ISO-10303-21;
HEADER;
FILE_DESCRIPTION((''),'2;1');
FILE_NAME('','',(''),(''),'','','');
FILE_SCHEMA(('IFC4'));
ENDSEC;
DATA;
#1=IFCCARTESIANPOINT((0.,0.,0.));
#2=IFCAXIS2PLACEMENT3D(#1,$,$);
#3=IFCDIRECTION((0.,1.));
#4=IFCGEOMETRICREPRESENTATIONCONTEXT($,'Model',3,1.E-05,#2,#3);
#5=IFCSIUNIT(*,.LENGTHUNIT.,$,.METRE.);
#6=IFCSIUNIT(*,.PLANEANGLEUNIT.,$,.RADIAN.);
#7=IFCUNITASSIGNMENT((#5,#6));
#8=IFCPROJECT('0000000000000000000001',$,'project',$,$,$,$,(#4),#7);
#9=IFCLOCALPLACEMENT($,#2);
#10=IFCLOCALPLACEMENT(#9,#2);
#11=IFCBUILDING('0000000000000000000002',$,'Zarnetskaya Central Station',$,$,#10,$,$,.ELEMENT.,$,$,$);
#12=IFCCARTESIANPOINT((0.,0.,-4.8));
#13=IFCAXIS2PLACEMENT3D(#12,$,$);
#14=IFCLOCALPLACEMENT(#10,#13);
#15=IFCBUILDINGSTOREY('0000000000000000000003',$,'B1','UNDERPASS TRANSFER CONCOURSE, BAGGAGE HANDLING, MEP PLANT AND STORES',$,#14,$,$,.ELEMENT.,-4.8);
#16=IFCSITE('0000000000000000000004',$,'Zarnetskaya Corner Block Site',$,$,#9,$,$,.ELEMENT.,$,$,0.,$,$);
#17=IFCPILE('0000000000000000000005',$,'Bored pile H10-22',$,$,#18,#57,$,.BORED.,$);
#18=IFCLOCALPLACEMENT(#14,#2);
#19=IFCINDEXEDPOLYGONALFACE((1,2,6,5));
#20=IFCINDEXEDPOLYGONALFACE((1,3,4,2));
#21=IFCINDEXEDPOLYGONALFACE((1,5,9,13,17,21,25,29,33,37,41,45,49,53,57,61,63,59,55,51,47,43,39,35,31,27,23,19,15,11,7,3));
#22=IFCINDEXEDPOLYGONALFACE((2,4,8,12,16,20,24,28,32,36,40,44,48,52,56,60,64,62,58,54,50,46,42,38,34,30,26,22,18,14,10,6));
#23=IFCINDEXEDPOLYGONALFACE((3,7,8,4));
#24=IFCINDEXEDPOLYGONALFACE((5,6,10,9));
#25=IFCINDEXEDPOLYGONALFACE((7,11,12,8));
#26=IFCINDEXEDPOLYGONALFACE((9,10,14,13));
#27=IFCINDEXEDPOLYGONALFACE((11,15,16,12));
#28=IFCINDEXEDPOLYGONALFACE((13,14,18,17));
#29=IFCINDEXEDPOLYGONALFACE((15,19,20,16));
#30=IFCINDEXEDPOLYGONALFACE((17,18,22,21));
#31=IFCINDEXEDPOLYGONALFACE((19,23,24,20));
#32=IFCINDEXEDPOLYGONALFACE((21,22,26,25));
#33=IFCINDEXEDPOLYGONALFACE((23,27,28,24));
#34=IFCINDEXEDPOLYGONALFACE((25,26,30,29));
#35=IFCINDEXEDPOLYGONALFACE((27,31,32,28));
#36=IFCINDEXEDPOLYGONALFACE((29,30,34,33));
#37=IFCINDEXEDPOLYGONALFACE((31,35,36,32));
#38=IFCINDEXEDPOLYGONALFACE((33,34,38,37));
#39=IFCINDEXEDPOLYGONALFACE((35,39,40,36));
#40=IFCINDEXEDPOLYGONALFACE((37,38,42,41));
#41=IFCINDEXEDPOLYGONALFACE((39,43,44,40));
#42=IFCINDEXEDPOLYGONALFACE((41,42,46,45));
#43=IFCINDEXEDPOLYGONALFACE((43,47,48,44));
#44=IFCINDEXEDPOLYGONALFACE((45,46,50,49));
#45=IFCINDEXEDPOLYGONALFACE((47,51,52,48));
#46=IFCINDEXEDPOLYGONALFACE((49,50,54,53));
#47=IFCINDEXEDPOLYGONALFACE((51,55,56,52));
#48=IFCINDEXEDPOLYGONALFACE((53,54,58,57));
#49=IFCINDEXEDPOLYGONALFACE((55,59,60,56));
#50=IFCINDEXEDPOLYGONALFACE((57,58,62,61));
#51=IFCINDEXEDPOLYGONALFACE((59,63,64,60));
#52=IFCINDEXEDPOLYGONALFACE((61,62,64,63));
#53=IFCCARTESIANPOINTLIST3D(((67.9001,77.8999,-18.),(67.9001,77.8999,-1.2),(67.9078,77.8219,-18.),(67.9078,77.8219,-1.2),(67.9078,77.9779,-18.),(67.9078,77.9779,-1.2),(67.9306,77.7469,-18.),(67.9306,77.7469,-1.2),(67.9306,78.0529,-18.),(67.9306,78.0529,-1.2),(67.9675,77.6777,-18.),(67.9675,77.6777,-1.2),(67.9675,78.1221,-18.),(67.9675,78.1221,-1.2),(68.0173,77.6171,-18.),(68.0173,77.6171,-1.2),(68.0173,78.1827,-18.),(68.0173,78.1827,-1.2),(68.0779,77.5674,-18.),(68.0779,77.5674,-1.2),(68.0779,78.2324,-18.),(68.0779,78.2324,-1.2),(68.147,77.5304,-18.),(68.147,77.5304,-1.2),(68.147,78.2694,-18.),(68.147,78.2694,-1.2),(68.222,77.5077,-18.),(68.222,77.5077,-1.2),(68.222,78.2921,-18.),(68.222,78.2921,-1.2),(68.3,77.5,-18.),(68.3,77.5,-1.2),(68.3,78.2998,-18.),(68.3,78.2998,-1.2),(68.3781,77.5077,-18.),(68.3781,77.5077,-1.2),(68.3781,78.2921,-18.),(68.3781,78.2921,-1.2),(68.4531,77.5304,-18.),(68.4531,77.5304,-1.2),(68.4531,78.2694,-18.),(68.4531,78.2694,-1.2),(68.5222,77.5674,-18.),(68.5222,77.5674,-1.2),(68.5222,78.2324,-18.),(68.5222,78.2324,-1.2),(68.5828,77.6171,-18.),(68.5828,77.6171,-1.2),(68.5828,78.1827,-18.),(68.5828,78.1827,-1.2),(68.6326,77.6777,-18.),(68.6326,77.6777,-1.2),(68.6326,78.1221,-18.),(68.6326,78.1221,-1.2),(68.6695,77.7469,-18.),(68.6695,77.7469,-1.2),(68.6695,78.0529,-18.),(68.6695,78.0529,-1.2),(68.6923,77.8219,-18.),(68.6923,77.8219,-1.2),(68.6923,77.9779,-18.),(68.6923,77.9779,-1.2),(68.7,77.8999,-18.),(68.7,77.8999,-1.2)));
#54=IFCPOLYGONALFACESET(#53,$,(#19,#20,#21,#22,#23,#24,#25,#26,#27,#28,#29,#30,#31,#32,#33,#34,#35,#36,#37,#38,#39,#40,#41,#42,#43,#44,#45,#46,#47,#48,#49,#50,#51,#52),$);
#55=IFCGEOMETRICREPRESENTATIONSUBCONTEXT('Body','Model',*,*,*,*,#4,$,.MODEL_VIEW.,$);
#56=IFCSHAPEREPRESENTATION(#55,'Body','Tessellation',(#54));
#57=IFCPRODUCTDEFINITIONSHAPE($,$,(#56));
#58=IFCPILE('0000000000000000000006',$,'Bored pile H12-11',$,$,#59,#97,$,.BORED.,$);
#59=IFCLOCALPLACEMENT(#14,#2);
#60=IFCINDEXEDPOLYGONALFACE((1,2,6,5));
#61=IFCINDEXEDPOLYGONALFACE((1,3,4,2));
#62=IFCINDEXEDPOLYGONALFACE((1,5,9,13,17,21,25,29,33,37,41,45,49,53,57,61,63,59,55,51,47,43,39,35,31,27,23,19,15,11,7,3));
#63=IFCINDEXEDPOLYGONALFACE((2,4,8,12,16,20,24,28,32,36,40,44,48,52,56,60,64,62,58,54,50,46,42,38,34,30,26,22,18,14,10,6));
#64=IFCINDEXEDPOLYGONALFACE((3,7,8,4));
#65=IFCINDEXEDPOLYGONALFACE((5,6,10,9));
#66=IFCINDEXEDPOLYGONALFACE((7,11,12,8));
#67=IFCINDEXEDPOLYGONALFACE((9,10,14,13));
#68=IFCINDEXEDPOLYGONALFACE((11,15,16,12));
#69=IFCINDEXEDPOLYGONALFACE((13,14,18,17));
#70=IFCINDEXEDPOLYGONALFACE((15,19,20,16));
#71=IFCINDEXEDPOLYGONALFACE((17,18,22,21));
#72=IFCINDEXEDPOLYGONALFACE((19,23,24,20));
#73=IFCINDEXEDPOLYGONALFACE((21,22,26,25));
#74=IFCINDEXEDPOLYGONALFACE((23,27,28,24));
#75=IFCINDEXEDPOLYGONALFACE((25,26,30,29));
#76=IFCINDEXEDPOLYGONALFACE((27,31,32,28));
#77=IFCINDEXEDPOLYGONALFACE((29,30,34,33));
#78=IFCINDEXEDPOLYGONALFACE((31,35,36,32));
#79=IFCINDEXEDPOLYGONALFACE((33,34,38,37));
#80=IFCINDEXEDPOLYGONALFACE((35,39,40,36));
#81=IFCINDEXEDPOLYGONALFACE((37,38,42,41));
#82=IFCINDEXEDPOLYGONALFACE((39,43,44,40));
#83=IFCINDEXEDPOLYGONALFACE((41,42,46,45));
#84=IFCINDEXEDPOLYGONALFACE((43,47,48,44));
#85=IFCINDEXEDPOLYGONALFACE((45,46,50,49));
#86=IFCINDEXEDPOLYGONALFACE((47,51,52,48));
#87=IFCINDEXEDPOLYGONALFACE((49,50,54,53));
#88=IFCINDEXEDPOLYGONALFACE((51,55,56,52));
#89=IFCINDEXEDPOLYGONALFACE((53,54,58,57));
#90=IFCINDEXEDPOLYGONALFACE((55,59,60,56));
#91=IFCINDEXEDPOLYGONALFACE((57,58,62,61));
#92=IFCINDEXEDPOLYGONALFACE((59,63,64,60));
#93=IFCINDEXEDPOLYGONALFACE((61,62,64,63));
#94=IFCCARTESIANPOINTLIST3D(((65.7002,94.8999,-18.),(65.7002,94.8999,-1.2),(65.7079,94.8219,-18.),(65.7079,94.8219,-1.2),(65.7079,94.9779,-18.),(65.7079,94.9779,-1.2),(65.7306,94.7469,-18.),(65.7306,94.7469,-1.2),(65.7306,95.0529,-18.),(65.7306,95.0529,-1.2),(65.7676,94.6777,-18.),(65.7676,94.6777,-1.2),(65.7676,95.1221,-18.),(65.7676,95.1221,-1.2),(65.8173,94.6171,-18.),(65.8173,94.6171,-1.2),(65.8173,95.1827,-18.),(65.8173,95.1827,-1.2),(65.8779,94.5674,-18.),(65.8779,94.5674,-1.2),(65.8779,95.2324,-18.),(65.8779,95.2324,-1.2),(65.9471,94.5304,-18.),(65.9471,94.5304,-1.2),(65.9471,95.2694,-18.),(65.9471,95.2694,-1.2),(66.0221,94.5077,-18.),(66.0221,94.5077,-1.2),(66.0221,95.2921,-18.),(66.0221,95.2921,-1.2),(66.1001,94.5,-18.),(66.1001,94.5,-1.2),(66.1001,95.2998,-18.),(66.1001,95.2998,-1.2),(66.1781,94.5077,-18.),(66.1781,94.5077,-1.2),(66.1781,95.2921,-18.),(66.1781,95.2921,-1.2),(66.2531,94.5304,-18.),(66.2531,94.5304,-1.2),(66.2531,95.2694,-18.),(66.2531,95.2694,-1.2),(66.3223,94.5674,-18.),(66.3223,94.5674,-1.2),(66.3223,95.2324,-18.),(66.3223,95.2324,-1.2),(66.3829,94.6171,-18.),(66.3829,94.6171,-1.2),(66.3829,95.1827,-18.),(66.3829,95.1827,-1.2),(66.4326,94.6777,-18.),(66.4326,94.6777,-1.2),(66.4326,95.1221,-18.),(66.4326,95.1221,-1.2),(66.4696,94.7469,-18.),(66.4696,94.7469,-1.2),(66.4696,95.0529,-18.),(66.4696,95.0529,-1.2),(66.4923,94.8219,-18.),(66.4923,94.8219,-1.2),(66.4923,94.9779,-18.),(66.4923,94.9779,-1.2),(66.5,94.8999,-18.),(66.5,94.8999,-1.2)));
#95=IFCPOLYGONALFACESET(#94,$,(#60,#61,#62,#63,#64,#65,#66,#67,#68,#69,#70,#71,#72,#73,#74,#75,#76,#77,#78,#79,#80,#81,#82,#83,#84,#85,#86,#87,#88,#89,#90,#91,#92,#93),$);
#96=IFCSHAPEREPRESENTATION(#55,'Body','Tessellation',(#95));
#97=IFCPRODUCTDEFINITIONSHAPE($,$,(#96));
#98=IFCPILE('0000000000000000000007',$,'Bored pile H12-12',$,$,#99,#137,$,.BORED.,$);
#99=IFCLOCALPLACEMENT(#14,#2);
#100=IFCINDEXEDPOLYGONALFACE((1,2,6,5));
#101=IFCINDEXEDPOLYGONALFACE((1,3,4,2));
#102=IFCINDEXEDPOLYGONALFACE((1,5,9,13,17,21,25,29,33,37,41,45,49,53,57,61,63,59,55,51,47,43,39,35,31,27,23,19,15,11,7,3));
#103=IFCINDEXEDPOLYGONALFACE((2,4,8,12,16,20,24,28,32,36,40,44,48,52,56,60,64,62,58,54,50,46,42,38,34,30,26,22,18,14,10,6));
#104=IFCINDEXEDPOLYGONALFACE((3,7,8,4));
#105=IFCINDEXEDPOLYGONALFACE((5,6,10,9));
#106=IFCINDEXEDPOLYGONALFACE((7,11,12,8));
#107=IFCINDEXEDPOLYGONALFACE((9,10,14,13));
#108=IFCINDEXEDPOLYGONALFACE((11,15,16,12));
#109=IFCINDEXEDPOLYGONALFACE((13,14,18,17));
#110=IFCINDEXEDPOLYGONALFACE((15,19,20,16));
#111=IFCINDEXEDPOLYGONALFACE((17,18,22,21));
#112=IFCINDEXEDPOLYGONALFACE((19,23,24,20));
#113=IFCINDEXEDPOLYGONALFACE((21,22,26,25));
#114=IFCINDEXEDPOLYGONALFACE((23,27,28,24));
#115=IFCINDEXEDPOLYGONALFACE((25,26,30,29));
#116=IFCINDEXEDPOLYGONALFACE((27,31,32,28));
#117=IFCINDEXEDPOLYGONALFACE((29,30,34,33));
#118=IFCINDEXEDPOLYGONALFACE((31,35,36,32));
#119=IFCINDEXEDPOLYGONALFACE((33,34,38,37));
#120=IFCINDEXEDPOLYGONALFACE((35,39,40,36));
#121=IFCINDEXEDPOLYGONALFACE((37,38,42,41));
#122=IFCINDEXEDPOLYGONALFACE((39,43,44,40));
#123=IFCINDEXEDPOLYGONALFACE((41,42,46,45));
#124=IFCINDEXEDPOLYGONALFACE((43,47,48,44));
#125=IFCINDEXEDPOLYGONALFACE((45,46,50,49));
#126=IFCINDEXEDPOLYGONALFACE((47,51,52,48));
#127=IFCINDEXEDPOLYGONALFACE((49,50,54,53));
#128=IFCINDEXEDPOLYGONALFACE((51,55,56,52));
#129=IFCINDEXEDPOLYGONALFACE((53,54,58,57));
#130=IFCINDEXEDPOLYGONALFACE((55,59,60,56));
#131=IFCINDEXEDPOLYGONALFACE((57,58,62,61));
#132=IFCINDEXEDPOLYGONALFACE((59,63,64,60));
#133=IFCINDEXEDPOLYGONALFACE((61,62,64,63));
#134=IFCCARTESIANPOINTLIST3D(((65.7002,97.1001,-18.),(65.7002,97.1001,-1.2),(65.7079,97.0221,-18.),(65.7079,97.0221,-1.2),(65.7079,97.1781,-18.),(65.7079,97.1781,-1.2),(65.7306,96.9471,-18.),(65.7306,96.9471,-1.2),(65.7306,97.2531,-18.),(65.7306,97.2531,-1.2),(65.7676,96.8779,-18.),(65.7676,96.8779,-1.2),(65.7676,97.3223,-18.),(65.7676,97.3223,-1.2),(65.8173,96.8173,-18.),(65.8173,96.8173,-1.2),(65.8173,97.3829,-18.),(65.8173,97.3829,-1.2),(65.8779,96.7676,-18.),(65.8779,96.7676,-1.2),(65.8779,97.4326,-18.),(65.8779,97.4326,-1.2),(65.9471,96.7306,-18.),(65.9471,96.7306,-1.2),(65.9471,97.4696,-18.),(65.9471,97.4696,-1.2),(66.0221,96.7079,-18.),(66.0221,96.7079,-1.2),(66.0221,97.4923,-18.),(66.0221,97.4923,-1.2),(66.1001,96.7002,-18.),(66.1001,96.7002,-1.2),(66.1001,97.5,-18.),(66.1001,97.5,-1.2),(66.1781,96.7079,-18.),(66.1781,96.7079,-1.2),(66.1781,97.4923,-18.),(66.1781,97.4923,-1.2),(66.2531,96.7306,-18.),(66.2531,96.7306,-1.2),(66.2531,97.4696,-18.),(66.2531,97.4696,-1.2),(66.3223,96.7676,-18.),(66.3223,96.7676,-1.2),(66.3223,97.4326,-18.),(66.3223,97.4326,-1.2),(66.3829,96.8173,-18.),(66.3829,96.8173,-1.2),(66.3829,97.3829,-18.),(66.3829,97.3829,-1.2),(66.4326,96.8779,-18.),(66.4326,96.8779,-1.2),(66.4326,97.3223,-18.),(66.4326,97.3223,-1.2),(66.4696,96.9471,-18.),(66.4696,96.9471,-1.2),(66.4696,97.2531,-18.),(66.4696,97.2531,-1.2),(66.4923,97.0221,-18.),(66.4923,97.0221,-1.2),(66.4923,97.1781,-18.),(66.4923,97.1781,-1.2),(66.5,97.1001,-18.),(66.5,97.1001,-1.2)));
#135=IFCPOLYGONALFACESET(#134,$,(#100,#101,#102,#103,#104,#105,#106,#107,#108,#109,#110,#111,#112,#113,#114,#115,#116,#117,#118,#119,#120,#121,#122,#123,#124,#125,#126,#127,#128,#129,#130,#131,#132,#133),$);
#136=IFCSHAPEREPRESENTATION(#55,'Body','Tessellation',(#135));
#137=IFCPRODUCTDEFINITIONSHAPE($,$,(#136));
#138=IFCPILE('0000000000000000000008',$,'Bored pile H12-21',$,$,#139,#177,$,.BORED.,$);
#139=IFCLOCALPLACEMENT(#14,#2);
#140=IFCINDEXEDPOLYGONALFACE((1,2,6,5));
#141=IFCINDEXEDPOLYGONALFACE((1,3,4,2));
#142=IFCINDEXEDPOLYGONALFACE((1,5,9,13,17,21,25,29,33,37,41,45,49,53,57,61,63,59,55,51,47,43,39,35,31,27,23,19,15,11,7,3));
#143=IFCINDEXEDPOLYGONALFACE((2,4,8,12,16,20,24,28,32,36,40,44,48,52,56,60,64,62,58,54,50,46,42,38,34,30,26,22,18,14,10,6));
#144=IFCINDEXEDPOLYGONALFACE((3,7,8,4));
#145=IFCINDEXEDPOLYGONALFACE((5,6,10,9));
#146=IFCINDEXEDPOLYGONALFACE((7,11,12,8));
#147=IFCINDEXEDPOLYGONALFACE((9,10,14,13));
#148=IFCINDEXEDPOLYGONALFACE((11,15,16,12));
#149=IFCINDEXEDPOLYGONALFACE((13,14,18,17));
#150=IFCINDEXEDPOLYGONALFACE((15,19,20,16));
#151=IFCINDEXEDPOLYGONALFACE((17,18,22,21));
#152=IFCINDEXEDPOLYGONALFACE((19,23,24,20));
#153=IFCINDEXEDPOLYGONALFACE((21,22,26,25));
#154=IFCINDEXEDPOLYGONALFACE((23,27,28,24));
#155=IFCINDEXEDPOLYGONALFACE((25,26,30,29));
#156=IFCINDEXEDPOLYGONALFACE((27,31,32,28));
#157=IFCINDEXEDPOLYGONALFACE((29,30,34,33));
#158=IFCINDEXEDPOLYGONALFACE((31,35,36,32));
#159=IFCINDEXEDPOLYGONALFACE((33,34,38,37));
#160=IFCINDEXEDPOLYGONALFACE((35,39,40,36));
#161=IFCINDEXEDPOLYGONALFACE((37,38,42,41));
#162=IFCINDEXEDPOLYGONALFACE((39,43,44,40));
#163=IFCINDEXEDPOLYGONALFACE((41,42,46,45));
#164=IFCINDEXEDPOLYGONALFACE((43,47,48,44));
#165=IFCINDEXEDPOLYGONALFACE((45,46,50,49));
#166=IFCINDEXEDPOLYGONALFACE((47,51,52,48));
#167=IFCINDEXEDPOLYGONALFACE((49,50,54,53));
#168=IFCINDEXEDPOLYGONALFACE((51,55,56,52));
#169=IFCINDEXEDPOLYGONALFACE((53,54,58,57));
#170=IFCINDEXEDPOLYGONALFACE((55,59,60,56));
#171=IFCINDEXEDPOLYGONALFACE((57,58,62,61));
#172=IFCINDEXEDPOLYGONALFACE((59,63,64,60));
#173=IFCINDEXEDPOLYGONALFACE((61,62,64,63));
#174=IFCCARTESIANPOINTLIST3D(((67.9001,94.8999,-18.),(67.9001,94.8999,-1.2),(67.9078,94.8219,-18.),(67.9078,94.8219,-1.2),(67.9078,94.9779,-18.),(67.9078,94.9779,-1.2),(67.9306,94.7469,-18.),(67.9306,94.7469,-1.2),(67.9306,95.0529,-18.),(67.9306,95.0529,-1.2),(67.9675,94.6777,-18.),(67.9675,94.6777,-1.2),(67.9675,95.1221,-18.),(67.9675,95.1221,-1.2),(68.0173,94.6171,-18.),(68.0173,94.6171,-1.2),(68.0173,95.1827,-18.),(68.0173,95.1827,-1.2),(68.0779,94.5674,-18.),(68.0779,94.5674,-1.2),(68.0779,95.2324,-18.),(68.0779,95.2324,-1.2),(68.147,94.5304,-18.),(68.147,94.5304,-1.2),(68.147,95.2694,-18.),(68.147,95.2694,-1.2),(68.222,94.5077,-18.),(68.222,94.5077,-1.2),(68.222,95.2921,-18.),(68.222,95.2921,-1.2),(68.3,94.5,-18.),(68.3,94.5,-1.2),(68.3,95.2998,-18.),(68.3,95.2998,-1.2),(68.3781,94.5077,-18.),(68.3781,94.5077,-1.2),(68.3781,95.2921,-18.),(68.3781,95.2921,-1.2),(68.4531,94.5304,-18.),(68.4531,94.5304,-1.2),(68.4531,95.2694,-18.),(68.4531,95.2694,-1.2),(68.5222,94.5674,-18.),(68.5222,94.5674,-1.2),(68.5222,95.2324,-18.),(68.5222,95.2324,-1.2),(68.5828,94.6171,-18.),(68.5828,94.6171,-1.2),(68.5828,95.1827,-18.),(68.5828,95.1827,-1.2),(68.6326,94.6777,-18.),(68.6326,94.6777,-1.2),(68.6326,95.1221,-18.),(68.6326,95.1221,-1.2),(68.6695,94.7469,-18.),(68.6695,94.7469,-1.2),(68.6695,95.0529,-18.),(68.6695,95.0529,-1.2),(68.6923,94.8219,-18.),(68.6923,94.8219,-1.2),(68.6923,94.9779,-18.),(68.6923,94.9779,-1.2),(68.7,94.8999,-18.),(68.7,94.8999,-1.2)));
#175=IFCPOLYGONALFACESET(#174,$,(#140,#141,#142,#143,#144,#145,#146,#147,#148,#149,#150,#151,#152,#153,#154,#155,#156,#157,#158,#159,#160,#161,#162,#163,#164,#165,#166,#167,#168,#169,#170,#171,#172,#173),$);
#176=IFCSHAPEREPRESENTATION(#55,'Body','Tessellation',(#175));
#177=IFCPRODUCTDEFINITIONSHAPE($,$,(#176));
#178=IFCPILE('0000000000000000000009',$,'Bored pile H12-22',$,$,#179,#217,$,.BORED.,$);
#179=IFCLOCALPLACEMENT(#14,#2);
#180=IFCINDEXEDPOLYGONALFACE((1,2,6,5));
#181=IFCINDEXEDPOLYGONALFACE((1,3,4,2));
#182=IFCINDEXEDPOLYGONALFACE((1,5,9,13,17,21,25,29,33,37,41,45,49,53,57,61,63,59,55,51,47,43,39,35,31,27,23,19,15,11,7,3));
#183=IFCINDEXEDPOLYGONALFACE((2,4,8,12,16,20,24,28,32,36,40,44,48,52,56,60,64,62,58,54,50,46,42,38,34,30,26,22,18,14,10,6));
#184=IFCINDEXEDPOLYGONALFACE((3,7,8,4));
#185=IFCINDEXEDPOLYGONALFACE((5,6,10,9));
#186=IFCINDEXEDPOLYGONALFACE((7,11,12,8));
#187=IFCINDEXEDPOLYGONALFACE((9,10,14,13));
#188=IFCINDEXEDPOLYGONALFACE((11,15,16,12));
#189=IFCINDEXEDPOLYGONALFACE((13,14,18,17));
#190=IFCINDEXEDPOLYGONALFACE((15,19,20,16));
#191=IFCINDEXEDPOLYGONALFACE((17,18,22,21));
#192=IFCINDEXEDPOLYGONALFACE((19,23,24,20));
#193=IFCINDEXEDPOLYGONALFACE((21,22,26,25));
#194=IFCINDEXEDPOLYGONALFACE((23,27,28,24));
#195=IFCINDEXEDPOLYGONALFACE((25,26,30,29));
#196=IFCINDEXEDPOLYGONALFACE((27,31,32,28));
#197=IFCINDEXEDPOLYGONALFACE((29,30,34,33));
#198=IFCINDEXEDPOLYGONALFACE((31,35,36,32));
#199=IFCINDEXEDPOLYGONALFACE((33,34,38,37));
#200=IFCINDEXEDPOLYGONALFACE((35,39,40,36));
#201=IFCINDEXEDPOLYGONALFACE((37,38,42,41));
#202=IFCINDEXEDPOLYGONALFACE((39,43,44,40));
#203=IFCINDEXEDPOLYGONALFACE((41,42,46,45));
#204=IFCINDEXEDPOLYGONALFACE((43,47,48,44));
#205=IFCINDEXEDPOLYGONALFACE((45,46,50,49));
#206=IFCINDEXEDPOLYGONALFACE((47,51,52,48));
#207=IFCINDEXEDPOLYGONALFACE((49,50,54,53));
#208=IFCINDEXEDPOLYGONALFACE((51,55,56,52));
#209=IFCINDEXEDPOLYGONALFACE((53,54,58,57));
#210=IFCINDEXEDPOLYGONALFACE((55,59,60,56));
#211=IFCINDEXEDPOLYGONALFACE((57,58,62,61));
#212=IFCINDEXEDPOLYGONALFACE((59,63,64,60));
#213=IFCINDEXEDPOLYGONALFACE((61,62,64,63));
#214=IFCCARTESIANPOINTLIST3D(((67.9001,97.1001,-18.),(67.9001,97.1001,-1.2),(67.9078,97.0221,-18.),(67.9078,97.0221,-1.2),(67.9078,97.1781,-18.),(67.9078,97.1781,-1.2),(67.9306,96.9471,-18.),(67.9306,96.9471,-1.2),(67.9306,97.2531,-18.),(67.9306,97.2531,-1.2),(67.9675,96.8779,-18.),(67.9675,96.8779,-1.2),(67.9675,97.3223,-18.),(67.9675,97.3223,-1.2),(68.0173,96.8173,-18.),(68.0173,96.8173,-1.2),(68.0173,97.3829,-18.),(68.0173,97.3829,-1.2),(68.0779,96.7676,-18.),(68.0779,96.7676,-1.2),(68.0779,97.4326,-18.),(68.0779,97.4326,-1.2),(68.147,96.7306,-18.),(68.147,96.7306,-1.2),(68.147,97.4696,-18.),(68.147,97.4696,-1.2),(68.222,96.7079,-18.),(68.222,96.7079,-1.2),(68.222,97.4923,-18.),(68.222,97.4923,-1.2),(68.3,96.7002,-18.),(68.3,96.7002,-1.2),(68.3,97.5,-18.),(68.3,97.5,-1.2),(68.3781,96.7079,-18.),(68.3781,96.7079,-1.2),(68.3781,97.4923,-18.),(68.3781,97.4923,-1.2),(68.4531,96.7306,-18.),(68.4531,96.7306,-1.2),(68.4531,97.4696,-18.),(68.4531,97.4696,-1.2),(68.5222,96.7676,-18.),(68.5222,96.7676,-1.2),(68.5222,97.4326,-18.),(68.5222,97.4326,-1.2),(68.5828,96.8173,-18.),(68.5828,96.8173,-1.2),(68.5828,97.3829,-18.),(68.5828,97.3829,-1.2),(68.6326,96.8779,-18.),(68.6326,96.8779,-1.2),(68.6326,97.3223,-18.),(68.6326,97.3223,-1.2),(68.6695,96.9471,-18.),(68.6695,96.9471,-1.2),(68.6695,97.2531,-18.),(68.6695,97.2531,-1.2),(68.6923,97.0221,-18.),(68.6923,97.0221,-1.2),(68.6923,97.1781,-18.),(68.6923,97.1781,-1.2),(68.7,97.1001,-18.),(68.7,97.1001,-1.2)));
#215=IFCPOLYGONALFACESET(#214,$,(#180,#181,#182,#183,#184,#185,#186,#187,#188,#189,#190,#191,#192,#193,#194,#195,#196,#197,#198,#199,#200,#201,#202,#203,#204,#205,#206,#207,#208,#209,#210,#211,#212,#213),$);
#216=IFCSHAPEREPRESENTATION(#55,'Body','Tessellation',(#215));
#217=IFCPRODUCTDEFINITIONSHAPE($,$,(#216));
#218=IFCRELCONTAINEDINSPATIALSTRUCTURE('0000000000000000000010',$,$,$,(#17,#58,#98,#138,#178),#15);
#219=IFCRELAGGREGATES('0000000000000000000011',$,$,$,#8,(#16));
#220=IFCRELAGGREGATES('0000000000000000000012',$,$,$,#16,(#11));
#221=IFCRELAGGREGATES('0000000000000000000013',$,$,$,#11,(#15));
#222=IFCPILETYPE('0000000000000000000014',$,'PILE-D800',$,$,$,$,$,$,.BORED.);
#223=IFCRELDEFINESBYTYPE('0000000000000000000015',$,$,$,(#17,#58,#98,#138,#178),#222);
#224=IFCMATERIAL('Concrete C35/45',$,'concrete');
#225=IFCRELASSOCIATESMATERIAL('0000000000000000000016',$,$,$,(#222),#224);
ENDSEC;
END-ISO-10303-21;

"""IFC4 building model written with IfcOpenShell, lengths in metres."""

from ifc_helpers import new_model, si_unit, direction, frame, origin, origin_2d, place, context, subcontext, project, spatial, circle, extrude, material, material_profile, profile_set, type_object, element, save


model = new_model("IFC4")

# Units and contexts
model_context = context("Model", 3, precision=1e-05, world=origin(), true_north=direction((0.0, 1.0)))
body_context = subcontext(model_context, "Body", "Model", "MODEL_VIEW")
ifc_project = project(units=[si_unit("LENGTHUNIT", "METRE"), si_unit("PLANEANGLEUNIT", "RADIAN")], contexts=[model_context])

# Site, building, storey
site_placement = place(None, origin())
site = spatial("IfcSite", under=ifc_project, at=site_placement, Name="Zarnetskaya Corner Block Site", CompositionType="ELEMENT", RefElevation=0.0)
building_placement = place(site_placement, origin())
building = spatial("IfcBuilding", under=site, at=building_placement, Name="Zarnetskaya Central Station", CompositionType="ELEMENT")
storey_placement = place(building_placement, frame((0.0, 0.0, -4.8)))
storey = spatial("IfcBuildingStorey", under=building, at=storey_placement, Name="B1", Description="UNDERPASS TRANSFER CONCOURSE, BAGGAGE HANDLING, MEP PLANT AND STORES", CompositionType="ELEMENT", Elevation=-4.8)

# Shared definitions
ifc_material = material(Name="Concrete C35/45", Category="concrete")

# Piles
ifc_material_profile_1 = material_profile(ifc_material, circle(Radius=0.3999, at=origin_2d()), Name="BORED PILE D800")
ifc_profile_set_1 = profile_set([ifc_material_profile_1], Name="Concrete C35/45")
pile_type_1 = type_object("IfcPileType", Name="PILE-D800", PredefinedType="BORED", material=ifc_profile_set_1)
for number, where, z_axis, x_axis, name in (
    (1, (68.3, 77.8999, -1.2), (0.0, 0.0, -1.0), (1.0, 0.0, 0.0), "Bored pile H10-22"),
    (2, (66.1001, 94.8999, -1.2), (0.0, 0.0, -1.0), (1.0, 0.0, 0.0), "Bored pile H12-11"),
    (3, (66.1001, 97.1001, -1.2), (0.0, 0.0, -1.0), (1.0, 0.0, 0.0), "Bored pile H12-12"),
    (4, (68.3, 94.8999, -1.2), (0.0, 0.0, -1.0), (1.0, 0.0, 0.0), "Bored pile H12-21"),
    (5, (68.3, 97.1001, -1.2), (0.0, 0.0, -1.0), (1.0, 0.0, 0.0), "Bored pile H12-22"),
):
    element("IfcPile", number, at=place(storey_placement, frame(where, z_axis=z_axis, x_axis=x_axis)), inside=storey, type_object=pile_type_1, Name=name, PredefinedType="BORED", context=body_context, shape_type="SweptSolid", body=[
        extrude(circle(Radius=0.3999, at=origin_2d()), origin(), (0.0, 0.0, 1.0), 16.8),
    ])

save(model, "model.ifc")
